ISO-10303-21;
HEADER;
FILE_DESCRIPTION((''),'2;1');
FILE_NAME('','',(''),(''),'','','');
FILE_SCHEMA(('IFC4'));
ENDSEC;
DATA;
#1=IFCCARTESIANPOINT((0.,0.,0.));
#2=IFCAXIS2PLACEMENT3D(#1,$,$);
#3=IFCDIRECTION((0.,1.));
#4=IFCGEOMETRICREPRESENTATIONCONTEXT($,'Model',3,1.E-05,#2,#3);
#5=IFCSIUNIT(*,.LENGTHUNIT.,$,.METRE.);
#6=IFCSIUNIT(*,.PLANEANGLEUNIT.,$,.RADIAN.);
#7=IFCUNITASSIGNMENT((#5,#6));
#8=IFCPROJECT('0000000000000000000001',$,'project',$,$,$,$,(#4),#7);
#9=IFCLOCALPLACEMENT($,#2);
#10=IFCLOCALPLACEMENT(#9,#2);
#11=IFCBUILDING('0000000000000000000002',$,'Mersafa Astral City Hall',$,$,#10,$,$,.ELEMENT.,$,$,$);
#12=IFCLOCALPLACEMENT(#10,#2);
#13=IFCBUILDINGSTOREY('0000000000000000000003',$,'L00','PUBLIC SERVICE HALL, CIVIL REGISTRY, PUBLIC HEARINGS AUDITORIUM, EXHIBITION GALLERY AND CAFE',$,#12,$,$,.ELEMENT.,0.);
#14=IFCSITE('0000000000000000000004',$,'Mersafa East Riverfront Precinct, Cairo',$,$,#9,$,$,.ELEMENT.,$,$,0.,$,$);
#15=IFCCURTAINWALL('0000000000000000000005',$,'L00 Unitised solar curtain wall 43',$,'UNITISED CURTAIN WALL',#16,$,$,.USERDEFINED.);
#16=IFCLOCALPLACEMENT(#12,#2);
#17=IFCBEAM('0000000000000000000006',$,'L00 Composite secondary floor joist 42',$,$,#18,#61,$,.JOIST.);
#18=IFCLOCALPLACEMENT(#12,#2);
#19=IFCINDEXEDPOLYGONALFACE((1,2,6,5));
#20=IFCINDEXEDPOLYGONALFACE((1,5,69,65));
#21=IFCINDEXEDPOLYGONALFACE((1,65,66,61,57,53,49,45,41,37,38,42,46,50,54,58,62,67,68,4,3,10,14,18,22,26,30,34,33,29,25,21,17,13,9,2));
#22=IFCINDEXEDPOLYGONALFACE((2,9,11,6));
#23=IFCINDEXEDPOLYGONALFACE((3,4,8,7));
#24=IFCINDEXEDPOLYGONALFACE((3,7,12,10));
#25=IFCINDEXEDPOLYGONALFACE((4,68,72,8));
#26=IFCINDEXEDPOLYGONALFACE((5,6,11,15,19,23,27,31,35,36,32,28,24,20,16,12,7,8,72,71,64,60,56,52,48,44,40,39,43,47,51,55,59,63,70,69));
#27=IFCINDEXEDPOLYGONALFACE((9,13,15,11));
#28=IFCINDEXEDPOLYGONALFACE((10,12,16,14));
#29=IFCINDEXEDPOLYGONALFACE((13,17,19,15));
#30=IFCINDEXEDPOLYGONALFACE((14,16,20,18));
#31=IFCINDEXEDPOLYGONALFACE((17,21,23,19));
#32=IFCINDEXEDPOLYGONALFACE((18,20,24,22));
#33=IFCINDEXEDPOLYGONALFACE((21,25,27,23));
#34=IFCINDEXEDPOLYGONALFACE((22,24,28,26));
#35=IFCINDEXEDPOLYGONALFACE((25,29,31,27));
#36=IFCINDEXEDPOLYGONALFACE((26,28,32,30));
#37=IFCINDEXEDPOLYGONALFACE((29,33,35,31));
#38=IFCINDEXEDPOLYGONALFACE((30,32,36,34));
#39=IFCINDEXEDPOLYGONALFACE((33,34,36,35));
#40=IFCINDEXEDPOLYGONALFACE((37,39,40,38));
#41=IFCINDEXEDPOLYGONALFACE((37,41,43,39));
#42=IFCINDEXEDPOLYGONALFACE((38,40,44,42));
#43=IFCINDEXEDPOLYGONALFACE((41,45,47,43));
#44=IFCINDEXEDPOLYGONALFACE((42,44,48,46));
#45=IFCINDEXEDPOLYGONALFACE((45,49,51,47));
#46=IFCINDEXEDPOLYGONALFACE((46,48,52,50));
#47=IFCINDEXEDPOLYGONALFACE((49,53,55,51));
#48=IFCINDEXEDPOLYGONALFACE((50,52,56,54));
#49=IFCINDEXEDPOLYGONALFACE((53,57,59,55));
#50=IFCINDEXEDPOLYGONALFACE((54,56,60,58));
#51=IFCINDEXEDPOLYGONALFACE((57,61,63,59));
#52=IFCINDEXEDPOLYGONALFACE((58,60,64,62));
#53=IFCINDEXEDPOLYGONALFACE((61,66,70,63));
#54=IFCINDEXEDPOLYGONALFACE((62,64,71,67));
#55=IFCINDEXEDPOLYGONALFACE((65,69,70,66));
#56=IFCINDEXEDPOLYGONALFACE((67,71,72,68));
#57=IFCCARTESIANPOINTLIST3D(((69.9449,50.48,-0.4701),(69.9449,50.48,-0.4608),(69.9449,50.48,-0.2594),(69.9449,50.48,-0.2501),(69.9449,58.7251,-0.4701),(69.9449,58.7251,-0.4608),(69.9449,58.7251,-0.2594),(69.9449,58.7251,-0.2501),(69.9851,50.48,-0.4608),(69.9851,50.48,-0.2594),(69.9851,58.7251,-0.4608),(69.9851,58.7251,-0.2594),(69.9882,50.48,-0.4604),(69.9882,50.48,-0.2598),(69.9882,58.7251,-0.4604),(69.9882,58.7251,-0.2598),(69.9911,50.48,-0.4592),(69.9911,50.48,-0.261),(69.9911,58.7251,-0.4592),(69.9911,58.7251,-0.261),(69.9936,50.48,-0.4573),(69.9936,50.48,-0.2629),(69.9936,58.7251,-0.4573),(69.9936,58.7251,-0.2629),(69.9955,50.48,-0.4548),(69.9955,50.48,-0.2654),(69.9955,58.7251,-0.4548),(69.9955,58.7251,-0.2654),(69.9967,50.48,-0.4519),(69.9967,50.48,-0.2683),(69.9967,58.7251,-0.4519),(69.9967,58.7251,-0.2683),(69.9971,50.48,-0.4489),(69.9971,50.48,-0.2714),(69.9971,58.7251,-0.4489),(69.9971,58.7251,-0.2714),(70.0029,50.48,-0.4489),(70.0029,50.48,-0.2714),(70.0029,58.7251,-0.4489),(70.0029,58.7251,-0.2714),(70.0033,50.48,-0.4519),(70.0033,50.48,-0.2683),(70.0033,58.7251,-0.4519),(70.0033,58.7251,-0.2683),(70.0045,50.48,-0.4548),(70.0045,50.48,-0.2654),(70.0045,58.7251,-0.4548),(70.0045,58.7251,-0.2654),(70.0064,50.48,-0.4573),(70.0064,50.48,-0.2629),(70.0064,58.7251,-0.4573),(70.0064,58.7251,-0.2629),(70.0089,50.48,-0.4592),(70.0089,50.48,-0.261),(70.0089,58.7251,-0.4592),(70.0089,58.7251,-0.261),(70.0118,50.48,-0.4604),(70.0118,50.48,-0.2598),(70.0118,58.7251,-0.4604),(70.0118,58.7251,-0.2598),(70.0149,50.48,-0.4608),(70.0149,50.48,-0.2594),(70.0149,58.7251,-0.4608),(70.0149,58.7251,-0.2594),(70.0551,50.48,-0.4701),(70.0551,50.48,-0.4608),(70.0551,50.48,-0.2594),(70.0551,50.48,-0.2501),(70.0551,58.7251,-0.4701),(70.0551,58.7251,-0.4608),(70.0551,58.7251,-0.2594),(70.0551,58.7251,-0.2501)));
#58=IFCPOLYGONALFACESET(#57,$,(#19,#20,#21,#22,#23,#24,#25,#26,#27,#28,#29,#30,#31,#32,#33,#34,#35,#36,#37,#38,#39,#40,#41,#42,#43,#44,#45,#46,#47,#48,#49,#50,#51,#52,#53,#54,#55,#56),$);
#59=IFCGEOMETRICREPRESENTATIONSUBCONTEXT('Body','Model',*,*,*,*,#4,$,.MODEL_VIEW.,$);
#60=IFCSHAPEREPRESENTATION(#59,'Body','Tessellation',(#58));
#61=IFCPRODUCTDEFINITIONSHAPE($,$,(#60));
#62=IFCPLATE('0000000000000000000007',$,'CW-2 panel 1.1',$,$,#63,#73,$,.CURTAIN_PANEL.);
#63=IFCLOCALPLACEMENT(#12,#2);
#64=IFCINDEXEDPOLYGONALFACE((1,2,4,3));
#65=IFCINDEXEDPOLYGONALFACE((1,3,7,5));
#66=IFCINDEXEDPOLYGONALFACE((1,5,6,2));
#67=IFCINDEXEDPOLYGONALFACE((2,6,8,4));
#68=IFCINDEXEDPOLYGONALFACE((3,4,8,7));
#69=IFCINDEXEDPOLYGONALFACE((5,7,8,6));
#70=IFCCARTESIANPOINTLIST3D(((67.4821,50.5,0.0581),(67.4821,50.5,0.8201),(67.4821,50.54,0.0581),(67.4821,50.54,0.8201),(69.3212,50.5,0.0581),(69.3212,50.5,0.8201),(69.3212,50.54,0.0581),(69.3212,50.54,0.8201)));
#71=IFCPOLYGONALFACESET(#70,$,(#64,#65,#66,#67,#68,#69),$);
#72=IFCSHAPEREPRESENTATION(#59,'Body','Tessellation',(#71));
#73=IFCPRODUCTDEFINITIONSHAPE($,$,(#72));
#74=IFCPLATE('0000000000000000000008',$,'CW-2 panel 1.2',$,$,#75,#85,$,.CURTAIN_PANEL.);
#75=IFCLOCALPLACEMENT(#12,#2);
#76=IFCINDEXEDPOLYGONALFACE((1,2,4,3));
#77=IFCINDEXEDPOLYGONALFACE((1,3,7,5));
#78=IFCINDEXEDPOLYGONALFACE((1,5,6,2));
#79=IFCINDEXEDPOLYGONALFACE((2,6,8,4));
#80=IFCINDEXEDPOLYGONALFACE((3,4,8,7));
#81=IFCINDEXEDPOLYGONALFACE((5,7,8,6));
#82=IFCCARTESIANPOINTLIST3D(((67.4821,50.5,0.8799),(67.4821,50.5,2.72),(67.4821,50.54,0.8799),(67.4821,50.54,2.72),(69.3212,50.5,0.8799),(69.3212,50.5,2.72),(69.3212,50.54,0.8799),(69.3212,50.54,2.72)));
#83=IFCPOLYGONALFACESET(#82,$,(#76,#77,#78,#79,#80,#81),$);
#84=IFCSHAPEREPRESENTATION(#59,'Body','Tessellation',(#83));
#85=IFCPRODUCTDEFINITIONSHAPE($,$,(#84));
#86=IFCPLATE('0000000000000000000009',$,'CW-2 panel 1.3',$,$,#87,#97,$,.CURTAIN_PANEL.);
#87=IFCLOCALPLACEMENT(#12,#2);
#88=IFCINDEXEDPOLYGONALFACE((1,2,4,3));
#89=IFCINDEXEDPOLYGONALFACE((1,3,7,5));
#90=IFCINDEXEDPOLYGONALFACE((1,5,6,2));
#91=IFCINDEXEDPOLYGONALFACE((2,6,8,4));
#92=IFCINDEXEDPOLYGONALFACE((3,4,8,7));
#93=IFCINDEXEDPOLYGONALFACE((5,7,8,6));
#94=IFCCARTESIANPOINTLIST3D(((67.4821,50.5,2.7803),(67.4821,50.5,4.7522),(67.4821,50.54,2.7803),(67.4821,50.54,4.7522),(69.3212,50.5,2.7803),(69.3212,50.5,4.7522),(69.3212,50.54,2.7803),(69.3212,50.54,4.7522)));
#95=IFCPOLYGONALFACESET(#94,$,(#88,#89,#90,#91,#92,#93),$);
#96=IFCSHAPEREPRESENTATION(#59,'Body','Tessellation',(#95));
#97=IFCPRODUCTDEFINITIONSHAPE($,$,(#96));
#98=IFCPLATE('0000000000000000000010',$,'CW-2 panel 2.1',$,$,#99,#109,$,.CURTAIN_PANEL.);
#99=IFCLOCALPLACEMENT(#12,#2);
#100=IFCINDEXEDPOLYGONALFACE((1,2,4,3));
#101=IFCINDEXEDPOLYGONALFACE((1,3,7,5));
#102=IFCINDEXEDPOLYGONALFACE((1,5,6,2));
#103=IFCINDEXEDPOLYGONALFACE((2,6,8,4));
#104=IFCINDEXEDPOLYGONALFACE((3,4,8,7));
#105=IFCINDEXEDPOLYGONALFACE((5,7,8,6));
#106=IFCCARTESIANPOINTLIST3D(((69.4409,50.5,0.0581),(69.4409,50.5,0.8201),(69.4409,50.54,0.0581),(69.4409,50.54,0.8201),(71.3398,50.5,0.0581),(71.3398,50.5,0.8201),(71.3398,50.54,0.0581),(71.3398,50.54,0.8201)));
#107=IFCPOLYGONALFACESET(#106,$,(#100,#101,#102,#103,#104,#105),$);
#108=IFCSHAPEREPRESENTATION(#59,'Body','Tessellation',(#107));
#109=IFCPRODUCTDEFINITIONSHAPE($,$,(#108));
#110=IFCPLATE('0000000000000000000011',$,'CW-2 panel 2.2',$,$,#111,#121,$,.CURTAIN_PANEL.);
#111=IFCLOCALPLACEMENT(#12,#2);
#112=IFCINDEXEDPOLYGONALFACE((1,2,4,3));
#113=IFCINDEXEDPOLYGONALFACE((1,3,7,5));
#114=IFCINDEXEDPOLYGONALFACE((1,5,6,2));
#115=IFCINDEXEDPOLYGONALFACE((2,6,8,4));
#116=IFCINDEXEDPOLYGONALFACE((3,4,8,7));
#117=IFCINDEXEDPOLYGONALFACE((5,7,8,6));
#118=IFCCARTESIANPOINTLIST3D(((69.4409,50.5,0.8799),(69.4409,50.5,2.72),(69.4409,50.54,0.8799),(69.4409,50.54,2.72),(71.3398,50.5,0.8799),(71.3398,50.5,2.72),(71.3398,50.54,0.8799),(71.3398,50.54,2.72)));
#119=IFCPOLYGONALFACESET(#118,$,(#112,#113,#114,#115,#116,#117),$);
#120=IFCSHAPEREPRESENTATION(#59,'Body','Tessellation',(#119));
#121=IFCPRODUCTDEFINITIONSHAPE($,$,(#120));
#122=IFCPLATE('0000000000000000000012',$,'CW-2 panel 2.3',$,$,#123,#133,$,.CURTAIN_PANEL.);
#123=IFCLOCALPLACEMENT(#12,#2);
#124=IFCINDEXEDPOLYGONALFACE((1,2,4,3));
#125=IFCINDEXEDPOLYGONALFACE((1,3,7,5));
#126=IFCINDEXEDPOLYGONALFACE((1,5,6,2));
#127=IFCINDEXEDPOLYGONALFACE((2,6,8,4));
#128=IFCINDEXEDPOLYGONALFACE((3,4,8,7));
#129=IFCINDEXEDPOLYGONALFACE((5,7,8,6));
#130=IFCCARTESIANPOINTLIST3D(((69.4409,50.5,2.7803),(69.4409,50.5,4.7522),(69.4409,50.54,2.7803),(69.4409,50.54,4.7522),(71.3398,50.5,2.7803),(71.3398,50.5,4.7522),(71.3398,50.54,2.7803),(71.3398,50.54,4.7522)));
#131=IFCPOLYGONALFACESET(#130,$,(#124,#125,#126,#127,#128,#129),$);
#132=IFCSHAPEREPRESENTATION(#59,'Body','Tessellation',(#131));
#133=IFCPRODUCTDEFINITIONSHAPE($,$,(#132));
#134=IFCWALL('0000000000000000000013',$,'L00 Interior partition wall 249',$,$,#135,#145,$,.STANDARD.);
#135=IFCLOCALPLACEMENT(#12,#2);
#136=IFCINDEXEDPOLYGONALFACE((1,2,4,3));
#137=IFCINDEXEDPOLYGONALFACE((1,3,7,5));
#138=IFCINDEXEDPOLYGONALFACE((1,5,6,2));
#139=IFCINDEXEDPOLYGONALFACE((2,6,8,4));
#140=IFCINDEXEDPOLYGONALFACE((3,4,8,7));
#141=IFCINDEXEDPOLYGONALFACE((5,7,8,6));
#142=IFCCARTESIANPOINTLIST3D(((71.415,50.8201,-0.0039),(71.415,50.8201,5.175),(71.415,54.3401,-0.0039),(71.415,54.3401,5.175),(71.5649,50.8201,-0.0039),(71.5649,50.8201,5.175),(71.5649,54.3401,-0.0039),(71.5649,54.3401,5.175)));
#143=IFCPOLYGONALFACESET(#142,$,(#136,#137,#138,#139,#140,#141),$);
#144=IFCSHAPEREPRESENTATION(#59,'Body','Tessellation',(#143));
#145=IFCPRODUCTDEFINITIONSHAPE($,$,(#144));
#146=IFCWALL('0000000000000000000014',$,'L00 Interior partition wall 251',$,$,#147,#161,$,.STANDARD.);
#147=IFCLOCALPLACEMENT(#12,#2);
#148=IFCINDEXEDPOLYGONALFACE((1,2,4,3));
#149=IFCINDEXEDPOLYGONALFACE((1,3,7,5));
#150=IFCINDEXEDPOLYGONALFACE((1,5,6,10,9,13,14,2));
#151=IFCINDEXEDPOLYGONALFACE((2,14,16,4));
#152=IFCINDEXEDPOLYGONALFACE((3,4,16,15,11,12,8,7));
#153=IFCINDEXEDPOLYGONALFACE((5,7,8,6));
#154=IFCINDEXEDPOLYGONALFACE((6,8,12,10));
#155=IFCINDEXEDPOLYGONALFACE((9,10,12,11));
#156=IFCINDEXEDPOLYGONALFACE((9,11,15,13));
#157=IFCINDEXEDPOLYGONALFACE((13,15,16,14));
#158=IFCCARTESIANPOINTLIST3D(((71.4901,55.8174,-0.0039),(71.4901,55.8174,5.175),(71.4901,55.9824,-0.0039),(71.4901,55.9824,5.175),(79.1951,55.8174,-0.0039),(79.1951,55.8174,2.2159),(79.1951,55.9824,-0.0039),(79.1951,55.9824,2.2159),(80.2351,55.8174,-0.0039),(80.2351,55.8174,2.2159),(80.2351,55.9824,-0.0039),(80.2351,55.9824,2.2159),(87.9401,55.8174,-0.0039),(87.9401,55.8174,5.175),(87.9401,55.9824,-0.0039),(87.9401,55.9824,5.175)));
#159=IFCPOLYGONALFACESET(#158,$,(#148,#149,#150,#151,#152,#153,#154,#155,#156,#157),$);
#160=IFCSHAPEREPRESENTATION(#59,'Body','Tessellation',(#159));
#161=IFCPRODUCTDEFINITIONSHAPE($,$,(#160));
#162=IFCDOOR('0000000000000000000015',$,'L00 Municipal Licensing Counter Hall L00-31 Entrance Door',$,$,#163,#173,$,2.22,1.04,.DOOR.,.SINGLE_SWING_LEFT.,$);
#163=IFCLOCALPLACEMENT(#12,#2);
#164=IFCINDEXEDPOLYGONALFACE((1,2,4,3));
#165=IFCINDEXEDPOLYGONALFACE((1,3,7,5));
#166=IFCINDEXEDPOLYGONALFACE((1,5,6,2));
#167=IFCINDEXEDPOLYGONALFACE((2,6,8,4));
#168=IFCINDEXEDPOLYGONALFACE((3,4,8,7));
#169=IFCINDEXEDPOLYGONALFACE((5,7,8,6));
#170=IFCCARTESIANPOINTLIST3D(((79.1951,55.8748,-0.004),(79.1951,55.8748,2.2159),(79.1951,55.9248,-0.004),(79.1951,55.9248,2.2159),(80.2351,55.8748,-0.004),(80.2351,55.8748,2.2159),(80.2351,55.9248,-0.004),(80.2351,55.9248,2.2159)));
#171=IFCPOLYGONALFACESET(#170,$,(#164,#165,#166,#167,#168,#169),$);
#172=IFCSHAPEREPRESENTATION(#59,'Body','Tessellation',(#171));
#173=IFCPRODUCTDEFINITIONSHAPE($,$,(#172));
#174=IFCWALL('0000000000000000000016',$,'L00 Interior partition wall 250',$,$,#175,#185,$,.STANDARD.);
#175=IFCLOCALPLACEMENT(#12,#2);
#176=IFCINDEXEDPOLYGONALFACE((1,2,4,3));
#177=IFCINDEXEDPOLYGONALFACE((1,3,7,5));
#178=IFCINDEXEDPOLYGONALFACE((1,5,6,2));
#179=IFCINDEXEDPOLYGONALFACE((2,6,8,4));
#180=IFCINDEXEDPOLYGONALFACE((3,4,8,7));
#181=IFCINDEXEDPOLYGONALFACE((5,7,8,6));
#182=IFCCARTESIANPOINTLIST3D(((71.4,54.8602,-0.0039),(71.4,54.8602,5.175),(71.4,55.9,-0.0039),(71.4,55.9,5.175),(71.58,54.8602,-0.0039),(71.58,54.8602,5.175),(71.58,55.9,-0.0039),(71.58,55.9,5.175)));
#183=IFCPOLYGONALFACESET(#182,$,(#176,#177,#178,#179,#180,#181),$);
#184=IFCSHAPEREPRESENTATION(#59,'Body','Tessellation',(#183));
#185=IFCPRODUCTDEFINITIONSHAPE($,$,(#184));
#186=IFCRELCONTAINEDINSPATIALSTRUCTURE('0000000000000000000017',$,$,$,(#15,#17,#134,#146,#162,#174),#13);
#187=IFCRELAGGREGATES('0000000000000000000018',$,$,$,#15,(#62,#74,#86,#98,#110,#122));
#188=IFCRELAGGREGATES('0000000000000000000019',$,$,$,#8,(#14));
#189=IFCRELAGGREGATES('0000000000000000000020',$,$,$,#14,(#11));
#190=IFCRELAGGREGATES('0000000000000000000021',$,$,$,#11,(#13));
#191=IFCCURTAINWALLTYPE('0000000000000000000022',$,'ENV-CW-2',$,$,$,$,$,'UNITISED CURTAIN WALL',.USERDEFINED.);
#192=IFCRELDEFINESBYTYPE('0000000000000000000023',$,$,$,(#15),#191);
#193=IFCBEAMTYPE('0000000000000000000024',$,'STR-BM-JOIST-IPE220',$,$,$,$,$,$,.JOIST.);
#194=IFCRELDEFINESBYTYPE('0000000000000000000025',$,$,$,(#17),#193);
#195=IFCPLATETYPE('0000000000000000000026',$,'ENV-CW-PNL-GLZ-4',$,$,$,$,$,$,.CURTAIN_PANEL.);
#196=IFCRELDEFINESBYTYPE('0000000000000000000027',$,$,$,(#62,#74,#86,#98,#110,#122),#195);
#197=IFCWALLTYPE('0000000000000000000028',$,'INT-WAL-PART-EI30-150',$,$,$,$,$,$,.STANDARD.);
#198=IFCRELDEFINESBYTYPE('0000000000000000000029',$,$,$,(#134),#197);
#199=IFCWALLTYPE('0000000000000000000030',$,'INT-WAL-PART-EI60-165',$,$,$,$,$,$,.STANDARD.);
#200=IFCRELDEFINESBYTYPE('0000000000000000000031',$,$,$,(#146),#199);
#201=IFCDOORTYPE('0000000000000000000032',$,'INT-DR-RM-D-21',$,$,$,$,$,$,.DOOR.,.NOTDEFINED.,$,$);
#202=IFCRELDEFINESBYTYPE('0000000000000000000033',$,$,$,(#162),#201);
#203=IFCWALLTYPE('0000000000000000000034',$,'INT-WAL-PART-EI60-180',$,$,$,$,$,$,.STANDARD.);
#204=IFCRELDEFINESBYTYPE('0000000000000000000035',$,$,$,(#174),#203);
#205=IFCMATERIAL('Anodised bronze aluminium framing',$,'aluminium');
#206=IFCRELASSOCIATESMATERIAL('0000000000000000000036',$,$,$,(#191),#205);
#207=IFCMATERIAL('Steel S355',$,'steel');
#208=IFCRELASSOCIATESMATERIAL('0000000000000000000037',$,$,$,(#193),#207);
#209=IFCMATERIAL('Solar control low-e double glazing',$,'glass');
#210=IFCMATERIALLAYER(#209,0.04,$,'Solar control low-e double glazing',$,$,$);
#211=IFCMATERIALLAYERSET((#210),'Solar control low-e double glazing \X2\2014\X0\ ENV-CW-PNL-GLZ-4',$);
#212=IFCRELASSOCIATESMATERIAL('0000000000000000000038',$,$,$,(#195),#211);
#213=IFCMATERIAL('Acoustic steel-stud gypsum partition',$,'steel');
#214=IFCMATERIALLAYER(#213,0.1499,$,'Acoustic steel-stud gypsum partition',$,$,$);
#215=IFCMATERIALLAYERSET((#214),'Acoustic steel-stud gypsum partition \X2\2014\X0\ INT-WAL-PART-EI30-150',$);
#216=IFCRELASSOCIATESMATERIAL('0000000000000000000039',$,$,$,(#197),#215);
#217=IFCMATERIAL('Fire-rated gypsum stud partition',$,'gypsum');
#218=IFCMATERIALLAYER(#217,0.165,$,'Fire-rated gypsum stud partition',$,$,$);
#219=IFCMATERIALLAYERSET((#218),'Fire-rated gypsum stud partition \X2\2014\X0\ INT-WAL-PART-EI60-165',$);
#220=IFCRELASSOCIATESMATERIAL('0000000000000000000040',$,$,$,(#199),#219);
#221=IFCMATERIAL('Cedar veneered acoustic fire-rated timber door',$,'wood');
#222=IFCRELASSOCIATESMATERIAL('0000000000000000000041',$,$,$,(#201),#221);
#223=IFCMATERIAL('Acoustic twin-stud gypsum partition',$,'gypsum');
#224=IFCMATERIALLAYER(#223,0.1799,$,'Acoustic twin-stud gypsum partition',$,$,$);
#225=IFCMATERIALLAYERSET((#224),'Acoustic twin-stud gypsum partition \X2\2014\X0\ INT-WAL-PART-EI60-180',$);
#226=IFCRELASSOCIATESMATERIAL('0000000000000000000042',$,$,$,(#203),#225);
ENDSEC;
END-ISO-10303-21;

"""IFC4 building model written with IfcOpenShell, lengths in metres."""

from ifc_helpers import new_model, si_unit, direction, frame, frame_2d, origin, origin_2d, place, context, subcontext, project, spatial, rectangle, i_section, extrude, material, layer, layer_set, material_profile, profile_set, type_object, element, fill, aggregate, save


model = new_model("IFC4")

# Units and contexts
model_context = context("Model", 3, precision=1e-05, world=origin(), true_north=direction((0.0, 1.0)))
body_context = subcontext(model_context, "Body", "Model", "MODEL_VIEW")
ifc_project = project(units=[si_unit("LENGTHUNIT", "METRE"), si_unit("PLANEANGLEUNIT", "RADIAN")], contexts=[model_context])

# Site, building, storey
site_placement = place(None, origin())
site = spatial("IfcSite", under=ifc_project, at=site_placement, Name="Mersafa East Riverfront Precinct, Cairo", CompositionType="ELEMENT", RefElevation=0.0)
building_placement = place(site_placement, origin())
building = spatial("IfcBuilding", under=site, at=building_placement, Name="Mersafa Astral City Hall", CompositionType="ELEMENT")
storey_placement = place(building_placement, origin())
storey = spatial("IfcBuildingStorey", under=building, at=storey_placement, Name="L00", Description="PUBLIC SERVICE HALL, CIVIL REGISTRY, PUBLIC HEARINGS AUDITORIUM, EXHIBITION GALLERY AND CAFE", CompositionType="ELEMENT", Elevation=0.0)

# Curtain wall
ifc_material_1 = material(Name="Anodised bronze aluminium framing", Category="aluminium")
curtain_wall_type = type_object("IfcCurtainWallType", Name="ENV-CW-2", ElementType="UNITISED CURTAIN WALL", PredefinedType="USERDEFINED", material=ifc_material_1)
curtain_wall_placement = place(storey_placement, origin())
curtain_wall = element("IfcCurtainWall", 1, at=curtain_wall_placement, inside=storey, type_object=curtain_wall_type, Name="L00 Unitised solar curtain wall 43", ObjectType="UNITISED CURTAIN WALL", PredefinedType="USERDEFINED")

# Beam
ifc_material_2 = material(Name="Steel S355", Category="steel")
ifc_material_profile_1 = material_profile(ifc_material_2, i_section(OverallWidth=0.1101, OverallDepth=0.22, WebThickness=0.0059, FlangeThickness=0.0093, FilletRadius=0.012, at=origin_2d()), Name="IPE 220")
ifc_profile_set_1 = profile_set([ifc_material_profile_1], Name="Steel S355")
beam_type = type_object("IfcBeamType", Name="STR-BM-JOIST-IPE220", PredefinedType="JOIST", material=ifc_profile_set_1)
beam_placement = place(storey_placement, frame((70.0, 50.48, -0.3601), z_axis=(0.0, 1.0, 0.0), x_axis=(-1.0, 0.0, 0.0)))
element("IfcBeam", 2, at=beam_placement, inside=storey, type_object=beam_type, Name="L00 Composite secondary floor joist 42", PredefinedType="JOIST", context=body_context, shape_type="SweptSolid", body=[
    extrude(i_section(OverallWidth=0.1101, OverallDepth=0.22, WebThickness=0.0059, FlangeThickness=0.0093, FilletRadius=0.012, at=origin_2d()), origin(), (0.0, 0.0, 1.0), 8.2451),
])

# Plates
ifc_material_3 = material(Name="Solar control low-e double glazing", Category="glass")
ifc_layer_1 = layer(ifc_material_3, 0.04, Name="Solar control low-e double glazing")
ifc_layer_set_1 = layer_set([ifc_layer_1], Name="Solar control low-e double glazing — ENV-CW-PNL-GLZ-4")
plate_type = type_object("IfcPlateType", Name="ENV-CW-PNL-GLZ-4", PredefinedType="CURTAIN_PANEL", material=ifc_layer_set_1)
plate_1_placement = place(storey_placement, frame((68.4016, 50.52, 0.0581), z_axis=(0.0, 0.0, 1.0), x_axis=(1.0, 0.0, 0.0)))
plate_1 = element("IfcPlate", 3, at=plate_1_placement, type_object=plate_type, Name="CW-2 panel 1.1", PredefinedType="CURTAIN_PANEL", context=body_context, shape_type="SweptSolid", body=[
    extrude(rectangle(XDim=1.8391, YDim=0.04, at=origin_2d()), origin(), (0.0, 0.0, 1.0), 0.762),
])
plate_2_placement = place(storey_placement, frame((68.4016, 50.52, 0.8799), z_axis=(0.0, 0.0, 1.0), x_axis=(1.0, 0.0, 0.0)))
plate_2 = element("IfcPlate", 4, at=plate_2_placement, type_object=plate_type, Name="CW-2 panel 1.2", PredefinedType="CURTAIN_PANEL", context=body_context, shape_type="SweptSolid", body=[
    extrude(rectangle(XDim=1.8391, YDim=0.04, at=origin_2d()), origin(), (0.0, 0.0, 1.0), 1.8401),
])
plate_3_placement = place(storey_placement, frame((68.4016, 50.52, 2.7803), z_axis=(0.0, 0.0, 1.0), x_axis=(1.0, 0.0, 0.0)))
plate_3 = element("IfcPlate", 5, at=plate_3_placement, type_object=plate_type, Name="CW-2 panel 1.3", PredefinedType="CURTAIN_PANEL", context=body_context, shape_type="SweptSolid", body=[
    extrude(rectangle(XDim=1.8391, YDim=0.04, at=origin_2d()), origin(), (0.0, 0.0, 1.0), 1.9719),
])
plate_4_placement = place(storey_placement, frame((70.3904, 50.52, 0.0581), z_axis=(0.0, 0.0, 1.0), x_axis=(1.0, 0.0, 0.0)))
plate_4 = element("IfcPlate", 6, at=plate_4_placement, type_object=plate_type, Name="CW-2 panel 2.1", PredefinedType="CURTAIN_PANEL", context=body_context, shape_type="SweptSolid", body=[
    extrude(rectangle(XDim=1.8989, YDim=0.04, at=origin_2d()), origin(), (0.0, 0.0, 1.0), 0.762),
])
plate_5_placement = place(storey_placement, frame((70.3904, 50.52, 0.8799), z_axis=(0.0, 0.0, 1.0), x_axis=(1.0, 0.0, 0.0)))
plate_5 = element("IfcPlate", 7, at=plate_5_placement, type_object=plate_type, Name="CW-2 panel 2.2", PredefinedType="CURTAIN_PANEL", context=body_context, shape_type="SweptSolid", body=[
    extrude(rectangle(XDim=1.8989, YDim=0.04, at=origin_2d()), origin(), (0.0, 0.0, 1.0), 1.8401),
])
plate_6_placement = place(storey_placement, frame((70.3904, 50.52, 2.7803), z_axis=(0.0, 0.0, 1.0), x_axis=(1.0, 0.0, 0.0)))
plate_6 = element("IfcPlate", 8, at=plate_6_placement, type_object=plate_type, Name="CW-2 panel 2.3", PredefinedType="CURTAIN_PANEL", context=body_context, shape_type="SweptSolid", body=[
    extrude(rectangle(XDim=1.8989, YDim=0.04, at=origin_2d()), origin(), (0.0, 0.0, 1.0), 1.9719),
])
aggregate(curtain_wall, [plate_1, plate_2, plate_3, plate_4, plate_5, plate_6])

# Wall
ifc_material_4 = material(Name="Acoustic steel-stud gypsum partition", Category="steel")
ifc_layer_2 = layer(ifc_material_4, 0.1499, Name="Acoustic steel-stud gypsum partition")
ifc_layer_set_2 = layer_set([ifc_layer_2], Name="Acoustic steel-stud gypsum partition — INT-WAL-PART-EI30-150")
wall_type_1 = type_object("IfcWallType", Name="INT-WAL-PART-EI30-150", PredefinedType="STANDARD", material=ifc_layer_set_2)
wall_1_placement = place(storey_placement, frame((71.49, 50.8201, -0.0039), z_axis=(0.0, 0.0, 1.0), x_axis=(0.0, 1.0, 0.0)))
element("IfcWall", 9, at=wall_1_placement, inside=storey, type_object=wall_type_1, Name="L00 Interior partition wall 249", PredefinedType="STANDARD", context=body_context, shape_type="SweptSolid", body=[
    extrude(rectangle(XDim=3.52, YDim=0.1499, at=frame_2d((1.76, 0.0))), origin(), (0.0, 0.0, 1.0), 5.179),
])

# Wall, opening, door
ifc_material_5 = material(Name="Fire-rated gypsum stud partition", Category="gypsum")
ifc_layer_3 = layer(ifc_material_5, 0.165, Name="Fire-rated gypsum stud partition")
ifc_layer_set_3 = layer_set([ifc_layer_3], Name="Fire-rated gypsum stud partition — INT-WAL-PART-EI60-165")
wall_type_2 = type_object("IfcWallType", Name="INT-WAL-PART-EI60-165", PredefinedType="STANDARD", material=ifc_layer_set_3)
wall_2_placement = place(storey_placement, frame((71.49, 55.8999, -0.0039), z_axis=(0.0, 0.0, 1.0), x_axis=(1.0, 0.0, 0.0)))
wall_2 = element("IfcWall", 10, at=wall_2_placement, inside=storey, type_object=wall_type_2, Name="L00 Interior partition wall 251", PredefinedType="STANDARD", context=body_context, shape_type="SweptSolid", body=[
    extrude(rectangle(XDim=16.45, YDim=0.165, at=frame_2d((8.2251, 0.0))), origin(), (0.0, 0.0, 1.0), 5.179),
])
opening_placement = place(wall_2_placement, frame((7.7051, 0.0, 0.0)))
opening = element("IfcOpeningElement", 11, at=opening_placement, cuts=wall_2, PredefinedType="OPENING", context=body_context, shape_type="SweptSolid", body=[
    extrude(rectangle(XDim=1.04, YDim=2.22, at=frame_2d((0.52, 1.1099))), frame((0.0, 0.0925, 0.0), z_axis=(0.0, -1.0, 0.0), x_axis=(1.0, 0.0, 0.0)), (0.0, 0.0, 1.0), 0.1851),
])
ifc_material_6 = material(Name="Cedar veneered acoustic fire-rated timber door", Category="wood")
door_type = type_object("IfcDoorType", Name="INT-DR-RM-D-21", OperationType="NOTDEFINED", PredefinedType="DOOR", material=ifc_material_6)
door_placement = place(opening_placement, origin())
door = element("IfcDoor", 12, at=door_placement, inside=storey, type_object=door_type, Name="L00 Municipal Licensing Counter Hall L00-31 Entrance Door", OperationType="SINGLE_SWING_LEFT", OverallHeight=2.22, OverallWidth=1.04, PredefinedType="DOOR", context=body_context, shape_type="SweptSolid", body=[
    extrude(rectangle(XDim=1.04, YDim=2.22, at=frame_2d((0.52, 1.1099))), frame((0.0, 0.0249, 0.0), z_axis=(0.0, -1.0, 0.0), x_axis=(1.0, 0.0, 0.0)), (0.0, 0.0, 1.0), 0.05),
])
fill(opening, door)

# Wall
ifc_material_7 = material(Name="Acoustic twin-stud gypsum partition", Category="gypsum")
ifc_layer_4 = layer(ifc_material_7, 0.1799, Name="Acoustic twin-stud gypsum partition")
ifc_layer_set_4 = layer_set([ifc_layer_4], Name="Acoustic twin-stud gypsum partition — INT-WAL-PART-EI60-180")
wall_type_3 = type_object("IfcWallType", Name="INT-WAL-PART-EI60-180", PredefinedType="STANDARD", material=ifc_layer_set_4)
wall_3_placement = place(storey_placement, frame((71.49, 54.8601, -0.0039), z_axis=(0.0, 0.0, 1.0), x_axis=(0.0, 1.0, 0.0)))
element("IfcWall", 13, at=wall_3_placement, inside=storey, type_object=wall_type_3, Name="L00 Interior partition wall 250", PredefinedType="STANDARD", context=body_context, shape_type="SweptSolid", body=[
    extrude(rectangle(XDim=1.0398, YDim=0.1799, at=frame_2d((0.52, 0.0))), origin(), (0.0, 0.0, 1.0), 5.179),
])

save(model, "model.ifc")
